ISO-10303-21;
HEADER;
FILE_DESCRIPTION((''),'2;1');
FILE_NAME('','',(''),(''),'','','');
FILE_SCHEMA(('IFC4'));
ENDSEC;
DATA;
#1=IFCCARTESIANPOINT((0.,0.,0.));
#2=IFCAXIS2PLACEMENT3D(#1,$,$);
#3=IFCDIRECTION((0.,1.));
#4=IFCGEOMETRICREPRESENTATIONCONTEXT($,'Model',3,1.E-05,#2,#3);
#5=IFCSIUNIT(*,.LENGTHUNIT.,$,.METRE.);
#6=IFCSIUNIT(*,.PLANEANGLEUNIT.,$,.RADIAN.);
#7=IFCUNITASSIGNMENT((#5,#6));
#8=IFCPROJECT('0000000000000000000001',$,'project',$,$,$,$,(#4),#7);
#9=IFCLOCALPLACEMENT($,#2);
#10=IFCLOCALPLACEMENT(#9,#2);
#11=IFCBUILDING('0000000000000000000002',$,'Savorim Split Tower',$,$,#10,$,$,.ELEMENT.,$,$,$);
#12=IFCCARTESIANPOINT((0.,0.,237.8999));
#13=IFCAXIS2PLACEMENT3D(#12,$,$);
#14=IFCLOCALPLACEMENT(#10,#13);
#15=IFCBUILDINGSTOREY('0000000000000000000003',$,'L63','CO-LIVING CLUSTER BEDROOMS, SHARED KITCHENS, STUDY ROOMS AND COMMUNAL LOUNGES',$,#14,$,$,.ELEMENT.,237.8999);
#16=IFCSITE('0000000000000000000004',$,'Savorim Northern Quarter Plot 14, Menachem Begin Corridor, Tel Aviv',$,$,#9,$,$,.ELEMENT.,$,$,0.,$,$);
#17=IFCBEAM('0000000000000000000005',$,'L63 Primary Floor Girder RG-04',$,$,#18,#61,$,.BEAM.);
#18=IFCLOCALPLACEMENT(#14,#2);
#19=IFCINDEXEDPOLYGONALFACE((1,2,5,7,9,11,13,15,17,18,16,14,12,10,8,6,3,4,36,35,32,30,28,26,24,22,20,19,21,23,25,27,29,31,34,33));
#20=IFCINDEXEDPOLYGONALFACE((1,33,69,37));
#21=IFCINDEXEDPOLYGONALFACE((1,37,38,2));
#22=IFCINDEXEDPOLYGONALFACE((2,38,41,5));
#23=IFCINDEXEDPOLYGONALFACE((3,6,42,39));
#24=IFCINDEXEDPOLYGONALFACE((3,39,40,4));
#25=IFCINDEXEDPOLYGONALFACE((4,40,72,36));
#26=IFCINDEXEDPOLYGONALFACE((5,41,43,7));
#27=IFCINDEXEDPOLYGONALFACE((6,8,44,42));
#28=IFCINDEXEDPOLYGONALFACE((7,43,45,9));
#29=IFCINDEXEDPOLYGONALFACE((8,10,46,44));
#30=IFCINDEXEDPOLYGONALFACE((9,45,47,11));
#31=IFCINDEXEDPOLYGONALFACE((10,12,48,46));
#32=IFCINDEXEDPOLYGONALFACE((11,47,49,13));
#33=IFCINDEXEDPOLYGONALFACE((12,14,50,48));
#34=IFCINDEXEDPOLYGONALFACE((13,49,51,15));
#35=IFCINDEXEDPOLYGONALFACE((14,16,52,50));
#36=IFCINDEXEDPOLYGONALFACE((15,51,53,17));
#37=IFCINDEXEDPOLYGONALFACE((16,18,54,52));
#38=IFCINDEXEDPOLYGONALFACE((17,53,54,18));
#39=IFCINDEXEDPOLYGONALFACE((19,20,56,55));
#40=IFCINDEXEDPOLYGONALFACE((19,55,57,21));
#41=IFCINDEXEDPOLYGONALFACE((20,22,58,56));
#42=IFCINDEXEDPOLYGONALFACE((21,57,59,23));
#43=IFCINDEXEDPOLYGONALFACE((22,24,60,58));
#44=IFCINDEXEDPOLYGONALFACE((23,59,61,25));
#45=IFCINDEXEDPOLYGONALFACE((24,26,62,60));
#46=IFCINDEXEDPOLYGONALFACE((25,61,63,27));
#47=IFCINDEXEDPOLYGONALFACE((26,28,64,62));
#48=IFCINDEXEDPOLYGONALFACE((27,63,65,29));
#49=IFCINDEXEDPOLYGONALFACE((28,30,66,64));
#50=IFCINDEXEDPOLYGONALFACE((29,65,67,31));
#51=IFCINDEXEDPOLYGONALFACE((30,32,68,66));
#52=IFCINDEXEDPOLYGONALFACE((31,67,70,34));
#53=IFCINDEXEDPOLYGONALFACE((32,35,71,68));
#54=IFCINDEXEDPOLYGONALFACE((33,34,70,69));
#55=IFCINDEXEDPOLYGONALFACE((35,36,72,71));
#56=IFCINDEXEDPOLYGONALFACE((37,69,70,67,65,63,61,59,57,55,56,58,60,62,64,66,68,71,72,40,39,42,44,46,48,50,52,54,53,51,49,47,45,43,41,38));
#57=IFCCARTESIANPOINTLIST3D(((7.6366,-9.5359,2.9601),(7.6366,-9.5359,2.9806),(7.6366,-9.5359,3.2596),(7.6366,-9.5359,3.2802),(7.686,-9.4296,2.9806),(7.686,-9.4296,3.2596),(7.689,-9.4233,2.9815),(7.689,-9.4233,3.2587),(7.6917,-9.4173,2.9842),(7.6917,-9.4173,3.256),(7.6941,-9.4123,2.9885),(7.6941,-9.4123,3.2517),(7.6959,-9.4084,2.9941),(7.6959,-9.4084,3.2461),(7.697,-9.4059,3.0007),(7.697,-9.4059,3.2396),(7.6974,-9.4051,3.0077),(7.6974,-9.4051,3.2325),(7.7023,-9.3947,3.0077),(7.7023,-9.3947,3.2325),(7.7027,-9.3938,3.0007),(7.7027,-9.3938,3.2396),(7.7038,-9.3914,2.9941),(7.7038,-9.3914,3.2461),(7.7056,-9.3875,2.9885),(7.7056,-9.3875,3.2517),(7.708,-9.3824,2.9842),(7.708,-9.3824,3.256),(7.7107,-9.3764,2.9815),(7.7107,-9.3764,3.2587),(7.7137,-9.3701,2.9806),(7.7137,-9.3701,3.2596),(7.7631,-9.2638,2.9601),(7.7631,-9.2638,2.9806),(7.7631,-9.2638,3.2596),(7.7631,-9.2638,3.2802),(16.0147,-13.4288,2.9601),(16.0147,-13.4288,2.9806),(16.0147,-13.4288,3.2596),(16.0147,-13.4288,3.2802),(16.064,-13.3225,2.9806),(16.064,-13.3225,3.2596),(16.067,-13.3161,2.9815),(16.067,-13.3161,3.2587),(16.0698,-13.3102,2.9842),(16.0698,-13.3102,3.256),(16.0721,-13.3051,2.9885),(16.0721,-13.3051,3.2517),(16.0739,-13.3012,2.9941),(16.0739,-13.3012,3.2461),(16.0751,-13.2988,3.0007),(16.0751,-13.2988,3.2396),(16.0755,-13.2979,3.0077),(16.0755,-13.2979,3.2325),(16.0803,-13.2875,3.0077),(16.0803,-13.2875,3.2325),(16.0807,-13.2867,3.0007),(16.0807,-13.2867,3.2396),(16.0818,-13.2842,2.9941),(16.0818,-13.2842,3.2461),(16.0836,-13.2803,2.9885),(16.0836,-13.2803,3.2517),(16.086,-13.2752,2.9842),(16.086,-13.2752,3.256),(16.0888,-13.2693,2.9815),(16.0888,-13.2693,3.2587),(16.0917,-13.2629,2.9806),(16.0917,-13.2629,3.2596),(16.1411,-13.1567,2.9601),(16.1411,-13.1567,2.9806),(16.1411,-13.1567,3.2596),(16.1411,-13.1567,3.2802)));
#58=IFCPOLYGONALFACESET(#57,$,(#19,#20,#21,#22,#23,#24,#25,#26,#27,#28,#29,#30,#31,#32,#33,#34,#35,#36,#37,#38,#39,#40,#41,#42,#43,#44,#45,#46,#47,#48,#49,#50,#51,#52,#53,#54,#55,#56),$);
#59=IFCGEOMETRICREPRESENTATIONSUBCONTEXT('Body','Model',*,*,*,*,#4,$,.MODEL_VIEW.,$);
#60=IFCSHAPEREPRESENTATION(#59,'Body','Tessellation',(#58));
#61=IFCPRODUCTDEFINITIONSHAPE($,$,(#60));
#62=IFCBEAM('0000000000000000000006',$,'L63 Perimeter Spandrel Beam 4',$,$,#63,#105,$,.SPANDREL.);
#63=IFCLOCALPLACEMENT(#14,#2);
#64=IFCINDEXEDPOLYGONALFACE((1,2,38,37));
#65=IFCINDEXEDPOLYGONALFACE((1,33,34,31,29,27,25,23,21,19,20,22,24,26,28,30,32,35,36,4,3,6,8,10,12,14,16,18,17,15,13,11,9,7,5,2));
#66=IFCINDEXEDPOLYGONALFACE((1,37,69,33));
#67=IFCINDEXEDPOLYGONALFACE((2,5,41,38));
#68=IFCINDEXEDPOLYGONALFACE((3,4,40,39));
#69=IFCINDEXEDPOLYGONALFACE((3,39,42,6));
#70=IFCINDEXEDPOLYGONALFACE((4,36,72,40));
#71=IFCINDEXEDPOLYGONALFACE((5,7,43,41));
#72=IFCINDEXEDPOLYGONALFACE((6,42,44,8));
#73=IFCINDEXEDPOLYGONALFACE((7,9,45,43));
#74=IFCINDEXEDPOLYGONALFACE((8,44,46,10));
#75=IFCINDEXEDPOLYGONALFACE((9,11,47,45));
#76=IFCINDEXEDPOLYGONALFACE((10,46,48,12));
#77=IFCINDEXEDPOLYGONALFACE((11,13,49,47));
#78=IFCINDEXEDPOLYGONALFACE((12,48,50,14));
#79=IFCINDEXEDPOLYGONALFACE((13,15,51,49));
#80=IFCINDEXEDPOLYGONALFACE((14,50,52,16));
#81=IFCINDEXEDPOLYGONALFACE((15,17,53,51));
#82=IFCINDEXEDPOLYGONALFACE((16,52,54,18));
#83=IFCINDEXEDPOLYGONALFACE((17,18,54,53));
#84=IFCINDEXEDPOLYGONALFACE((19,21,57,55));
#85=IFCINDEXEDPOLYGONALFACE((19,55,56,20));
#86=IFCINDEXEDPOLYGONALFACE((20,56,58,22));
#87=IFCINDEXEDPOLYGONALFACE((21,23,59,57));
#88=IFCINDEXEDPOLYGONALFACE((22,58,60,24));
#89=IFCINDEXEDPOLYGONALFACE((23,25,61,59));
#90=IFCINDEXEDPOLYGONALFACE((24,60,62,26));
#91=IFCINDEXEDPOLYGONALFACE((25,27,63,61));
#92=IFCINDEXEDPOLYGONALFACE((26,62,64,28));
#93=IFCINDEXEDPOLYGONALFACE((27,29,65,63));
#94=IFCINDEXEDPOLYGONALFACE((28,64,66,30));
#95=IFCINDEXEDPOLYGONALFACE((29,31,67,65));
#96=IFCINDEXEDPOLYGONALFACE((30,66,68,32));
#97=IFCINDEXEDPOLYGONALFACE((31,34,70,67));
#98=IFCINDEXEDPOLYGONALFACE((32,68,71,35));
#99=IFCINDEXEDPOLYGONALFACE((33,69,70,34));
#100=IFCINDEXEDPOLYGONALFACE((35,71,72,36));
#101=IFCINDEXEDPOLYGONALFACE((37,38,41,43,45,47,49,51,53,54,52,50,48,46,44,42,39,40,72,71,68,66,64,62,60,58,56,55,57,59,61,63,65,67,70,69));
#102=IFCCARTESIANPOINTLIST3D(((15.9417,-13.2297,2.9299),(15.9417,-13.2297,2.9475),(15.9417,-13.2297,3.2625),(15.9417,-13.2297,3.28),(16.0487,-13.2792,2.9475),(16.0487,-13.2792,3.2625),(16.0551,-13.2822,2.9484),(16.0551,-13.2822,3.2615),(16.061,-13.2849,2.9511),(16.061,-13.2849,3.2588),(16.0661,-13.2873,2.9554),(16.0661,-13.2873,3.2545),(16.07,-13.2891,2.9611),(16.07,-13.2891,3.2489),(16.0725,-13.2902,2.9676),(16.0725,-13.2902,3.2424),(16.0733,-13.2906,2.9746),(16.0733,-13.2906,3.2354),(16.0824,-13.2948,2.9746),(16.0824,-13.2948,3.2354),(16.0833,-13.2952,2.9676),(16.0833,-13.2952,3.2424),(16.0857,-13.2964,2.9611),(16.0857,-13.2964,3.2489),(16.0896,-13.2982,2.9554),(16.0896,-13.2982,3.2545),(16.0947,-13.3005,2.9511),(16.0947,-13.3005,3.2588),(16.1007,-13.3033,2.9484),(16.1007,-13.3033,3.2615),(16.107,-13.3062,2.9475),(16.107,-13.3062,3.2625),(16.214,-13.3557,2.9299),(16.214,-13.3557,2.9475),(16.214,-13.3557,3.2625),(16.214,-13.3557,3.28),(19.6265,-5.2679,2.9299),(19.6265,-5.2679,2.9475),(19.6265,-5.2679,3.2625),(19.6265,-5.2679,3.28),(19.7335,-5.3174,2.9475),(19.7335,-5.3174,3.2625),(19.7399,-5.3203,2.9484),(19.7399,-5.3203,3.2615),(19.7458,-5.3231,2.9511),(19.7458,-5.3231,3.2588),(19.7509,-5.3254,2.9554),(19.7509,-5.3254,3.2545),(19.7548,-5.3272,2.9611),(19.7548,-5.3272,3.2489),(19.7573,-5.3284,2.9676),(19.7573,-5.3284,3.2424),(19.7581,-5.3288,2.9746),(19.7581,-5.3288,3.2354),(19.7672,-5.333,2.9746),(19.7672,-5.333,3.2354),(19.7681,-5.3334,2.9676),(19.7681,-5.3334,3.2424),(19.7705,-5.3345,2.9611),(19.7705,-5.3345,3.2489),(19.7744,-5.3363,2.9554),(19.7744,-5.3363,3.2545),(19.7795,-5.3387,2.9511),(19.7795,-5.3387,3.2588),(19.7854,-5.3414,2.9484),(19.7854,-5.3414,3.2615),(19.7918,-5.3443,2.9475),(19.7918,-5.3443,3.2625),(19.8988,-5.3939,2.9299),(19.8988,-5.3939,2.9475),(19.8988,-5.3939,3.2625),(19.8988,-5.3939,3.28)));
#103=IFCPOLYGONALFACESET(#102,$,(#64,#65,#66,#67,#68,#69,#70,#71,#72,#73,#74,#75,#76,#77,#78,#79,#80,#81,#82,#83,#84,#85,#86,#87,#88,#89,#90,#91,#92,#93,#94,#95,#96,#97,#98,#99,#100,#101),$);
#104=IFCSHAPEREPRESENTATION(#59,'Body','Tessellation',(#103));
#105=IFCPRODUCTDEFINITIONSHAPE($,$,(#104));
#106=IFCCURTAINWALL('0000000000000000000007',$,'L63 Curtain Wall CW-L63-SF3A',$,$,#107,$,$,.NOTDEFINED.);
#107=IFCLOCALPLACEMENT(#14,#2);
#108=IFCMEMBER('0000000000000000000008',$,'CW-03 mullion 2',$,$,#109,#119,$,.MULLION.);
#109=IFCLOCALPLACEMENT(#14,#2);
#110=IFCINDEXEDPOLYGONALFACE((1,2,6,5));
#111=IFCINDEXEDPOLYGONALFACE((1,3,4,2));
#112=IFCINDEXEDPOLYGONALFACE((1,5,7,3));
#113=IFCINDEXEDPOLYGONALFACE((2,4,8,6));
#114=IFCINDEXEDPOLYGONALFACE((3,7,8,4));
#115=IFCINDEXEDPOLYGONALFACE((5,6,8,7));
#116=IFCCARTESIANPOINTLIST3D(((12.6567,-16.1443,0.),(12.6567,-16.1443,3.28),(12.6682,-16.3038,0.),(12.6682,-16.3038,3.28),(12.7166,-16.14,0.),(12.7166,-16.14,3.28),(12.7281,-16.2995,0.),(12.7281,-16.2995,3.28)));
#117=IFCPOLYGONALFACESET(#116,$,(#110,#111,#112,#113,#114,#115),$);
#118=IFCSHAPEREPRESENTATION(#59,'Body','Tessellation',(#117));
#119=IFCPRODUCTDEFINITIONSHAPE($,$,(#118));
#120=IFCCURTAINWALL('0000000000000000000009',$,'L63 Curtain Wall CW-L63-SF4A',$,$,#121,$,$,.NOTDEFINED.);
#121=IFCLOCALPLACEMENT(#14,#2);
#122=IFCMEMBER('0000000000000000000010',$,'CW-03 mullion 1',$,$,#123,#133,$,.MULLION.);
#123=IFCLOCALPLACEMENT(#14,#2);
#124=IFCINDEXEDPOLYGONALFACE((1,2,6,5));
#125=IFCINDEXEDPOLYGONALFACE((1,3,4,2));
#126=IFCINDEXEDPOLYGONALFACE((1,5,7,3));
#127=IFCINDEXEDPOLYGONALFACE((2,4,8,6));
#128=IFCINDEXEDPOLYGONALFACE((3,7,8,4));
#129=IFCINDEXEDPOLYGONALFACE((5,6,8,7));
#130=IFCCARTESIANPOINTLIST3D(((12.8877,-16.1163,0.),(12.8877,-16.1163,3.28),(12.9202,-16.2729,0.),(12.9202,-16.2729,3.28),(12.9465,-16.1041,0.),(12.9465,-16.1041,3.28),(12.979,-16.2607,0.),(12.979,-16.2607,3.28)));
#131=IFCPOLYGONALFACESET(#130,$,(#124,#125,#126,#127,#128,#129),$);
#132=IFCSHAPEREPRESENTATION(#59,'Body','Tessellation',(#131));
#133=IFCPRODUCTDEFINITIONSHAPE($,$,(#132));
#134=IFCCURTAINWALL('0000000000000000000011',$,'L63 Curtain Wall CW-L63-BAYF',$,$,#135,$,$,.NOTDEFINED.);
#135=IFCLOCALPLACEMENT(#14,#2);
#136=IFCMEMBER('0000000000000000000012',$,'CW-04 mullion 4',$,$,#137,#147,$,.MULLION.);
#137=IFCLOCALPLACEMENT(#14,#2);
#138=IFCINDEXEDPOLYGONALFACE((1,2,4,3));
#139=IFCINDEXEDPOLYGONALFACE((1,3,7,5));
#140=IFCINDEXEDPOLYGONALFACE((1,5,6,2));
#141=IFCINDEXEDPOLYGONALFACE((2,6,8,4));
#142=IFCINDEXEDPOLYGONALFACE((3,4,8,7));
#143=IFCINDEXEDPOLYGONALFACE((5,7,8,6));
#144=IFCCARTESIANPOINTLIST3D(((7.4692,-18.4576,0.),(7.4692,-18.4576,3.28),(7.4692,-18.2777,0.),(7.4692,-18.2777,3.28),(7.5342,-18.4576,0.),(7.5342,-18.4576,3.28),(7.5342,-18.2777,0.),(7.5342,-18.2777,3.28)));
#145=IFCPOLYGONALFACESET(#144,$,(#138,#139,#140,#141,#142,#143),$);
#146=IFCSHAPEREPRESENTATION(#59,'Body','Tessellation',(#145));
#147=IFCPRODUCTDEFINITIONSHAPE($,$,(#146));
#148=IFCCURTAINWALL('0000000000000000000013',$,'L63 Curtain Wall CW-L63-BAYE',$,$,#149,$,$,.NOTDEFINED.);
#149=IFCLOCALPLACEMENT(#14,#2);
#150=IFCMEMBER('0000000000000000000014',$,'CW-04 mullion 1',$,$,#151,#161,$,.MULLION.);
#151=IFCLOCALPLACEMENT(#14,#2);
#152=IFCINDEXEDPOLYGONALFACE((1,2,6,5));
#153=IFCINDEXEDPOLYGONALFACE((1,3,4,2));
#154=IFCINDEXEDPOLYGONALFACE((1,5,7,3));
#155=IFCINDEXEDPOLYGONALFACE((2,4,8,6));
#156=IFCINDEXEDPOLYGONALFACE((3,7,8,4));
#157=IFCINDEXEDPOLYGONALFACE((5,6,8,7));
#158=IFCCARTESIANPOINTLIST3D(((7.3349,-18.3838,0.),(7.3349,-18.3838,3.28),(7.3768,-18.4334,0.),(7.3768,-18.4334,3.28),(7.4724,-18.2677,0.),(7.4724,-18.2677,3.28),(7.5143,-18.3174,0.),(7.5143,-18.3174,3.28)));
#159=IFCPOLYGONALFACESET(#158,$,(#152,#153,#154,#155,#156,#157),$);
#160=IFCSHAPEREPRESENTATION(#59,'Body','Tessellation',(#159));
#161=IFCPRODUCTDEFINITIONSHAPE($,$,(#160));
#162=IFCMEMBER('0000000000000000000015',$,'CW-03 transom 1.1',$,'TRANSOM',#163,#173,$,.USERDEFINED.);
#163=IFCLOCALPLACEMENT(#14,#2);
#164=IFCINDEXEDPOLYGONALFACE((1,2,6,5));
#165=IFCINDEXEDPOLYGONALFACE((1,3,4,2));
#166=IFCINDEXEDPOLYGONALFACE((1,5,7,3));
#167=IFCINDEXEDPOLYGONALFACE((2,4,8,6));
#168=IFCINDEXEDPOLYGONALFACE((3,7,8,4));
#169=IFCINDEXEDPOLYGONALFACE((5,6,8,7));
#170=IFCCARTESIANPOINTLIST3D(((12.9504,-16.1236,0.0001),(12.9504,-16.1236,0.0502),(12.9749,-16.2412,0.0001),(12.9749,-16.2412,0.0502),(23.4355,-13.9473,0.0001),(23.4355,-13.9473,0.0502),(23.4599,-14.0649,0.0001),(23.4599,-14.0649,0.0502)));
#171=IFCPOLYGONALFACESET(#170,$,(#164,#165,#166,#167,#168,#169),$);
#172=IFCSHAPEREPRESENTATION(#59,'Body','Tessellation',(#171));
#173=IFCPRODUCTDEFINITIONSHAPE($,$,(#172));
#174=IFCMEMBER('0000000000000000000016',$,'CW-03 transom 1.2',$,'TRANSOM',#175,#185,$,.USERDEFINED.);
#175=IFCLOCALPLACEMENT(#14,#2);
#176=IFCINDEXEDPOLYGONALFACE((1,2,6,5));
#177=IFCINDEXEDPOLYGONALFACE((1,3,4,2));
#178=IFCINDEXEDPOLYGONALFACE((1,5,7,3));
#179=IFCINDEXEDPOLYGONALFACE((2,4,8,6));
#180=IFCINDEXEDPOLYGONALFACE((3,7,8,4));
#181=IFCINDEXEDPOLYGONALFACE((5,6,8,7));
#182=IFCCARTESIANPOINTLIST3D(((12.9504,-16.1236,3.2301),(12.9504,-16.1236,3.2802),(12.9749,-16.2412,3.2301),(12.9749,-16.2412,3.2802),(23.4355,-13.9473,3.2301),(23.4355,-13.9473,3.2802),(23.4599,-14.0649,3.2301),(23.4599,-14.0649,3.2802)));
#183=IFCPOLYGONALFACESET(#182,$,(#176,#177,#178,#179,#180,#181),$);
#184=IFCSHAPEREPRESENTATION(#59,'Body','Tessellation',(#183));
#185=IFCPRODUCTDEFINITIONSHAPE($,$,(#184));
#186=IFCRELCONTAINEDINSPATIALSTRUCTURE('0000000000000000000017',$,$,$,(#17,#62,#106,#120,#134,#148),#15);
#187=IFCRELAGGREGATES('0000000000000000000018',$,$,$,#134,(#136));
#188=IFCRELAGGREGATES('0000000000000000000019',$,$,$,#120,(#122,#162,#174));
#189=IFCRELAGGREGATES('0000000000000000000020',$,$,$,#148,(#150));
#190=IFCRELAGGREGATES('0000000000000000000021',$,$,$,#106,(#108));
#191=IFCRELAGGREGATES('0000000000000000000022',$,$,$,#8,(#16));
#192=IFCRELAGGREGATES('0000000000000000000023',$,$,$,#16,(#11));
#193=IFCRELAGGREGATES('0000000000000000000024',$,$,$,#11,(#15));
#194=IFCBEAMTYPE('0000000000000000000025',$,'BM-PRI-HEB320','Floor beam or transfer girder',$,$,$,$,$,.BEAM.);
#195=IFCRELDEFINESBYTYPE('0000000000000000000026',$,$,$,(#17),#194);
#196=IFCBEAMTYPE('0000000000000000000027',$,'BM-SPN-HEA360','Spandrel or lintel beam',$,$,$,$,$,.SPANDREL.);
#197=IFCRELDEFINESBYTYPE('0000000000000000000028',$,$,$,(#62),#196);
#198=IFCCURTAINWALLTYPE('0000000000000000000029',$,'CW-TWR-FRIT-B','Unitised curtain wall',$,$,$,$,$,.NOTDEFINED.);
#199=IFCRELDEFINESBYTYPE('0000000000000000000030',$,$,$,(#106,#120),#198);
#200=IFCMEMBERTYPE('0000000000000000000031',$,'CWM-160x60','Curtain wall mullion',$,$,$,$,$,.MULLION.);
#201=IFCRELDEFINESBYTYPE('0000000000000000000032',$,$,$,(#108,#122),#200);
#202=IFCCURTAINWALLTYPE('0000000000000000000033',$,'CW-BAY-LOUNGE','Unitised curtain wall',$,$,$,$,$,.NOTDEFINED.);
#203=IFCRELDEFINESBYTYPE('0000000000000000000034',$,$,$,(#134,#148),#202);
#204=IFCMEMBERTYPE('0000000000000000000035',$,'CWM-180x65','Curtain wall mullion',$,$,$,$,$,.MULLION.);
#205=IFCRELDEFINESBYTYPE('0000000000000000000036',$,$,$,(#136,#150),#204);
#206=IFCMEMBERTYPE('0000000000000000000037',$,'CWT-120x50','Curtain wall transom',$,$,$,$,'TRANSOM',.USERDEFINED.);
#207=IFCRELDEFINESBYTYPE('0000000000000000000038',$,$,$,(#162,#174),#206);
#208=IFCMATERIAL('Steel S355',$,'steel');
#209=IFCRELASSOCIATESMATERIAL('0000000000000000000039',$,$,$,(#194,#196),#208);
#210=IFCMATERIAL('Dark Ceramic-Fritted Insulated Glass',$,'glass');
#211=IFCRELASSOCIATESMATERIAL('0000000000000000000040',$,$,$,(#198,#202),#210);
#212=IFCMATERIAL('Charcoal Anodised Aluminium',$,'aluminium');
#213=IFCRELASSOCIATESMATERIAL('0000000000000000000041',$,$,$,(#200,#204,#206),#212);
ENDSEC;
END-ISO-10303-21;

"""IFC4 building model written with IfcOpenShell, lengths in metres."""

from ifc_helpers import new_model, si_unit, direction, frame, origin, origin_2d, place, context, subcontext, project, spatial, rectangle, i_section, extrude, material, material_profile, profile_set, type_object, element, aggregate, save


model = new_model("IFC4")

# Units and contexts
model_context = context("Model", 3, precision=1e-05, world=origin(), true_north=direction((0.0, 1.0)))
body_context = subcontext(model_context, "Body", "Model", "MODEL_VIEW")
ifc_project = project(units=[si_unit("LENGTHUNIT", "METRE"), si_unit("PLANEANGLEUNIT", "RADIAN")], contexts=[model_context])

# Site, building, storey
site_placement = place(None, origin())
site = spatial("IfcSite", under=ifc_project, at=site_placement, Name="Savorim Northern Quarter Plot 14, Menachem Begin Corridor, Tel Aviv", CompositionType="ELEMENT", RefElevation=0.0)
building_placement = place(site_placement, origin())
building = spatial("IfcBuilding", under=site, at=building_placement, Name="Savorim Split Tower", CompositionType="ELEMENT")
storey_placement = place(building_placement, frame((0.0, 0.0, 237.8999)))
storey = spatial("IfcBuildingStorey", under=building, at=storey_placement, Name="L63", Description="CO-LIVING CLUSTER BEDROOMS, SHARED KITCHENS, STUDY ROOMS AND COMMUNAL LOUNGES", CompositionType="ELEMENT", Elevation=237.8999)

# Shared definitions
ifc_material_1 = material(Name="Steel S355", Category="steel")

# Beams
ifc_material_profile_1 = material_profile(ifc_material_1, i_section(OverallWidth=0.3, OverallDepth=0.3201, WebThickness=0.0115, FlangeThickness=0.0205, FilletRadius=0.0271, at=origin_2d()), Name="HEB 320")
ifc_profile_set_1 = profile_set([ifc_material_profile_1], Name="Steel S355")
beam_type_1 = type_object("IfcBeamType", Name="BM-PRI-HEB320", Description="Floor beam or transfer girder", PredefinedType="BEAM", material=ifc_profile_set_1)
beam_1_placement = place(storey_placement, frame((16.0779, -13.2927, 3.1201), z_axis=(-0.906882, 0.421385, 0.0), x_axis=(-0.421385, -0.906882, 0.0)))
element("IfcBeam", 1, at=beam_1_placement, inside=storey, type_object=beam_type_1, Name="L63 Primary Floor Girder RG-04", PredefinedType="BEAM", context=body_context, shape_type="SweptSolid", body=[
    extrude(i_section(OverallWidth=0.3, OverallDepth=0.3201, WebThickness=0.0115, FlangeThickness=0.0205, FilletRadius=0.0271, at=origin_2d()), origin(), (0.0, 0.0, 1.0), 9.2383),
])
ifc_material_profile_2 = material_profile(ifc_material_1, i_section(OverallWidth=0.3, OverallDepth=0.3501, WebThickness=0.01, FlangeThickness=0.0176, FilletRadius=0.0271, at=origin_2d()), Name="HEA 360")
ifc_profile_set_2 = profile_set([ifc_material_profile_2], Name="Steel S355")
beam_type_2 = type_object("IfcBeamType", Name="BM-SPN-HEA360", Description="Spandrel or lintel beam", PredefinedType="SPANDREL", material=ifc_profile_set_2)
beam_2_placement = place(storey_placement, frame((16.0779, -13.2927, 3.105), z_axis=(0.420006, 0.907522, 0.0), x_axis=(-0.907522, 0.420006, 0.0)))
element("IfcBeam", 2, at=beam_2_placement, inside=storey, type_object=beam_type_2, Name="L63 Perimeter Spandrel Beam 4", PredefinedType="SPANDREL", context=body_context, shape_type="SweptSolid", body=[
    extrude(i_section(OverallWidth=0.3, OverallDepth=0.3501, WebThickness=0.01, FlangeThickness=0.0176, FilletRadius=0.0271, at=origin_2d()), origin(), (0.0, 0.0, 1.0), 8.7732),
])

# Curtain walls, members
ifc_material_2 = material(Name="Dark Ceramic-Fritted Insulated Glass", Category="glass")
curtain_wall_type_1 = type_object("IfcCurtainWallType", Name="CW-TWR-FRIT-B", Description="Unitised curtain wall", PredefinedType="NOTDEFINED", material=ifc_material_2)
curtain_wall_1_placement = place(storey_placement, origin())
curtain_wall_1 = element("IfcCurtainWall", 3, at=curtain_wall_1_placement, inside=storey, type_object=curtain_wall_type_1, Name="L63 Curtain Wall CW-L63-SF3A", PredefinedType="NOTDEFINED")
ifc_material_3 = material(Name="Charcoal Anodised Aluminium", Category="aluminium")
ifc_material_profile_3 = material_profile(ifc_material_3, rectangle(XDim=0.1599, YDim=0.0601, at=origin_2d()), Name="ALU-M 160x60")
ifc_profile_set_3 = profile_set([ifc_material_profile_3], Name="Charcoal Anodised Aluminium")
member_type_1 = type_object("IfcMemberType", Name="CWM-160x60", Description="Curtain wall mullion", PredefinedType="MULLION", material=ifc_profile_set_3)
member_1_placement = place(storey_placement, frame((12.6924, -16.2219, 0.0), z_axis=(0.0, 0.0, 1.0), x_axis=(-0.071558, 0.997436, 0.0)))
member_1 = element("IfcMember", 4, at=member_1_placement, type_object=member_type_1, Name="CW-03 mullion 2", PredefinedType="MULLION", context=body_context, shape_type="SweptSolid", body=[
    extrude(rectangle(XDim=0.1599, YDim=0.0601, at=origin_2d()), origin(), (0.0, 0.0, 1.0), 3.28),
])
curtain_wall_2_placement = place(storey_placement, origin())
curtain_wall_2 = element("IfcCurtainWall", 5, at=curtain_wall_2_placement, inside=storey, type_object=curtain_wall_type_1, Name="L63 Curtain Wall CW-L63-SF4A", PredefinedType="NOTDEFINED")
member_2_placement = place(storey_placement, frame((12.9333, -16.1885, 0.0), z_axis=(0.0, 0.0, 1.0), x_axis=(-0.203215, 0.979134, 0.0)))
member_2 = element("IfcMember", 6, at=member_2_placement, type_object=member_type_1, Name="CW-03 mullion 1", PredefinedType="MULLION", context=body_context, shape_type="SweptSolid", body=[
    extrude(rectangle(XDim=0.1599, YDim=0.0601, at=origin_2d()), origin(), (0.0, 0.0, 1.0), 3.28),
])
curtain_wall_type_2 = type_object("IfcCurtainWallType", Name="CW-BAY-LOUNGE", Description="Unitised curtain wall", PredefinedType="NOTDEFINED", material=ifc_material_2)
curtain_wall_3_placement = place(storey_placement, origin())
curtain_wall_3 = element("IfcCurtainWall", 7, at=curtain_wall_3_placement, inside=storey, type_object=curtain_wall_type_2, Name="L63 Curtain Wall CW-L63-BAYF", PredefinedType="NOTDEFINED")
ifc_material_profile_4 = material_profile(ifc_material_3, rectangle(XDim=0.1799, YDim=0.0649, at=origin_2d()), Name="ALU-M 180x65")
ifc_profile_set_4 = profile_set([ifc_material_profile_4], Name="Charcoal Anodised Aluminium")
member_type_2 = type_object("IfcMemberType", Name="CWM-180x65", Description="Curtain wall mullion", PredefinedType="MULLION", material=ifc_profile_set_4)
member_3_placement = place(storey_placement, frame((7.5017, -18.3677, 0.0), z_axis=(0.0, 0.0, 1.0), x_axis=(0.0, 1.0, 0.0)))
member_3 = element("IfcMember", 8, at=member_3_placement, type_object=member_type_2, Name="CW-04 mullion 4", PredefinedType="MULLION", context=body_context, shape_type="SweptSolid", body=[
    extrude(rectangle(XDim=0.1799, YDim=0.0649, at=origin_2d()), origin(), (0.0, 0.0, 1.0), 3.28),
])
aggregate(curtain_wall_3, [member_3])
curtain_wall_4_placement = place(storey_placement, origin())
curtain_wall_4 = element("IfcCurtainWall", 9, at=curtain_wall_4_placement, inside=storey, type_object=curtain_wall_type_2, Name="L63 Curtain Wall CW-L63-BAYE", PredefinedType="NOTDEFINED")
member_4_placement = place(storey_placement, frame((7.4246, -18.3506, 0.0), z_axis=(0.0, 0.0, 1.0), x_axis=(-0.764177, -0.645006, 0.0)))
member_4 = element("IfcMember", 10, at=member_4_placement, type_object=member_type_2, Name="CW-04 mullion 1", PredefinedType="MULLION", context=body_context, shape_type="SweptSolid", body=[
    extrude(rectangle(XDim=0.1799, YDim=0.0649, at=origin_2d()), origin(), (0.0, 0.0, 1.0), 3.28),
])

# Members
ifc_material_profile_5 = material_profile(ifc_material_3, rectangle(XDim=0.1201, YDim=0.05, at=origin_2d()), Name="ALU-T 120x50")
ifc_profile_set_5 = profile_set([ifc_material_profile_5], Name="Charcoal Anodised Aluminium")
member_type_3 = type_object("IfcMemberType", Name="CWT-120x50", Description="Curtain wall transom", ElementType="TRANSOM", PredefinedType="USERDEFINED", material=ifc_profile_set_5)
member_5_placement = place(storey_placement, frame((12.9626, -16.1824, 0.0251), z_axis=(0.979132, 0.203227, 0.0), x_axis=(-0.203227, 0.979132, 0.0)))
member_5 = element("IfcMember", 11, at=member_5_placement, type_object=member_type_3, Name="CW-03 transom 1.1", ObjectType="TRANSOM", PredefinedType="USERDEFINED", context=body_context, shape_type="SweptSolid", body=[
    extrude(rectangle(XDim=0.1201, YDim=0.05, at=origin_2d()), origin(), (0.0, 0.0, 1.0), 10.7085),
])
member_6_placement = place(storey_placement, frame((12.9626, -16.1824, 3.2551), z_axis=(0.979132, 0.203227, 0.0), x_axis=(-0.203227, 0.979132, 0.0)))
member_6 = element("IfcMember", 12, at=member_6_placement, type_object=member_type_3, Name="CW-03 transom 1.2", ObjectType="TRANSOM", PredefinedType="USERDEFINED", context=body_context, shape_type="SweptSolid", body=[
    extrude(rectangle(XDim=0.1201, YDim=0.05, at=origin_2d()), origin(), (0.0, 0.0, 1.0), 10.7085),
])
aggregate(curtain_wall_2, [member_2, member_5, member_6])
aggregate(curtain_wall_4, [member_4])

aggregate(curtain_wall_1, [member_1])

save(model, "model.ifc")
